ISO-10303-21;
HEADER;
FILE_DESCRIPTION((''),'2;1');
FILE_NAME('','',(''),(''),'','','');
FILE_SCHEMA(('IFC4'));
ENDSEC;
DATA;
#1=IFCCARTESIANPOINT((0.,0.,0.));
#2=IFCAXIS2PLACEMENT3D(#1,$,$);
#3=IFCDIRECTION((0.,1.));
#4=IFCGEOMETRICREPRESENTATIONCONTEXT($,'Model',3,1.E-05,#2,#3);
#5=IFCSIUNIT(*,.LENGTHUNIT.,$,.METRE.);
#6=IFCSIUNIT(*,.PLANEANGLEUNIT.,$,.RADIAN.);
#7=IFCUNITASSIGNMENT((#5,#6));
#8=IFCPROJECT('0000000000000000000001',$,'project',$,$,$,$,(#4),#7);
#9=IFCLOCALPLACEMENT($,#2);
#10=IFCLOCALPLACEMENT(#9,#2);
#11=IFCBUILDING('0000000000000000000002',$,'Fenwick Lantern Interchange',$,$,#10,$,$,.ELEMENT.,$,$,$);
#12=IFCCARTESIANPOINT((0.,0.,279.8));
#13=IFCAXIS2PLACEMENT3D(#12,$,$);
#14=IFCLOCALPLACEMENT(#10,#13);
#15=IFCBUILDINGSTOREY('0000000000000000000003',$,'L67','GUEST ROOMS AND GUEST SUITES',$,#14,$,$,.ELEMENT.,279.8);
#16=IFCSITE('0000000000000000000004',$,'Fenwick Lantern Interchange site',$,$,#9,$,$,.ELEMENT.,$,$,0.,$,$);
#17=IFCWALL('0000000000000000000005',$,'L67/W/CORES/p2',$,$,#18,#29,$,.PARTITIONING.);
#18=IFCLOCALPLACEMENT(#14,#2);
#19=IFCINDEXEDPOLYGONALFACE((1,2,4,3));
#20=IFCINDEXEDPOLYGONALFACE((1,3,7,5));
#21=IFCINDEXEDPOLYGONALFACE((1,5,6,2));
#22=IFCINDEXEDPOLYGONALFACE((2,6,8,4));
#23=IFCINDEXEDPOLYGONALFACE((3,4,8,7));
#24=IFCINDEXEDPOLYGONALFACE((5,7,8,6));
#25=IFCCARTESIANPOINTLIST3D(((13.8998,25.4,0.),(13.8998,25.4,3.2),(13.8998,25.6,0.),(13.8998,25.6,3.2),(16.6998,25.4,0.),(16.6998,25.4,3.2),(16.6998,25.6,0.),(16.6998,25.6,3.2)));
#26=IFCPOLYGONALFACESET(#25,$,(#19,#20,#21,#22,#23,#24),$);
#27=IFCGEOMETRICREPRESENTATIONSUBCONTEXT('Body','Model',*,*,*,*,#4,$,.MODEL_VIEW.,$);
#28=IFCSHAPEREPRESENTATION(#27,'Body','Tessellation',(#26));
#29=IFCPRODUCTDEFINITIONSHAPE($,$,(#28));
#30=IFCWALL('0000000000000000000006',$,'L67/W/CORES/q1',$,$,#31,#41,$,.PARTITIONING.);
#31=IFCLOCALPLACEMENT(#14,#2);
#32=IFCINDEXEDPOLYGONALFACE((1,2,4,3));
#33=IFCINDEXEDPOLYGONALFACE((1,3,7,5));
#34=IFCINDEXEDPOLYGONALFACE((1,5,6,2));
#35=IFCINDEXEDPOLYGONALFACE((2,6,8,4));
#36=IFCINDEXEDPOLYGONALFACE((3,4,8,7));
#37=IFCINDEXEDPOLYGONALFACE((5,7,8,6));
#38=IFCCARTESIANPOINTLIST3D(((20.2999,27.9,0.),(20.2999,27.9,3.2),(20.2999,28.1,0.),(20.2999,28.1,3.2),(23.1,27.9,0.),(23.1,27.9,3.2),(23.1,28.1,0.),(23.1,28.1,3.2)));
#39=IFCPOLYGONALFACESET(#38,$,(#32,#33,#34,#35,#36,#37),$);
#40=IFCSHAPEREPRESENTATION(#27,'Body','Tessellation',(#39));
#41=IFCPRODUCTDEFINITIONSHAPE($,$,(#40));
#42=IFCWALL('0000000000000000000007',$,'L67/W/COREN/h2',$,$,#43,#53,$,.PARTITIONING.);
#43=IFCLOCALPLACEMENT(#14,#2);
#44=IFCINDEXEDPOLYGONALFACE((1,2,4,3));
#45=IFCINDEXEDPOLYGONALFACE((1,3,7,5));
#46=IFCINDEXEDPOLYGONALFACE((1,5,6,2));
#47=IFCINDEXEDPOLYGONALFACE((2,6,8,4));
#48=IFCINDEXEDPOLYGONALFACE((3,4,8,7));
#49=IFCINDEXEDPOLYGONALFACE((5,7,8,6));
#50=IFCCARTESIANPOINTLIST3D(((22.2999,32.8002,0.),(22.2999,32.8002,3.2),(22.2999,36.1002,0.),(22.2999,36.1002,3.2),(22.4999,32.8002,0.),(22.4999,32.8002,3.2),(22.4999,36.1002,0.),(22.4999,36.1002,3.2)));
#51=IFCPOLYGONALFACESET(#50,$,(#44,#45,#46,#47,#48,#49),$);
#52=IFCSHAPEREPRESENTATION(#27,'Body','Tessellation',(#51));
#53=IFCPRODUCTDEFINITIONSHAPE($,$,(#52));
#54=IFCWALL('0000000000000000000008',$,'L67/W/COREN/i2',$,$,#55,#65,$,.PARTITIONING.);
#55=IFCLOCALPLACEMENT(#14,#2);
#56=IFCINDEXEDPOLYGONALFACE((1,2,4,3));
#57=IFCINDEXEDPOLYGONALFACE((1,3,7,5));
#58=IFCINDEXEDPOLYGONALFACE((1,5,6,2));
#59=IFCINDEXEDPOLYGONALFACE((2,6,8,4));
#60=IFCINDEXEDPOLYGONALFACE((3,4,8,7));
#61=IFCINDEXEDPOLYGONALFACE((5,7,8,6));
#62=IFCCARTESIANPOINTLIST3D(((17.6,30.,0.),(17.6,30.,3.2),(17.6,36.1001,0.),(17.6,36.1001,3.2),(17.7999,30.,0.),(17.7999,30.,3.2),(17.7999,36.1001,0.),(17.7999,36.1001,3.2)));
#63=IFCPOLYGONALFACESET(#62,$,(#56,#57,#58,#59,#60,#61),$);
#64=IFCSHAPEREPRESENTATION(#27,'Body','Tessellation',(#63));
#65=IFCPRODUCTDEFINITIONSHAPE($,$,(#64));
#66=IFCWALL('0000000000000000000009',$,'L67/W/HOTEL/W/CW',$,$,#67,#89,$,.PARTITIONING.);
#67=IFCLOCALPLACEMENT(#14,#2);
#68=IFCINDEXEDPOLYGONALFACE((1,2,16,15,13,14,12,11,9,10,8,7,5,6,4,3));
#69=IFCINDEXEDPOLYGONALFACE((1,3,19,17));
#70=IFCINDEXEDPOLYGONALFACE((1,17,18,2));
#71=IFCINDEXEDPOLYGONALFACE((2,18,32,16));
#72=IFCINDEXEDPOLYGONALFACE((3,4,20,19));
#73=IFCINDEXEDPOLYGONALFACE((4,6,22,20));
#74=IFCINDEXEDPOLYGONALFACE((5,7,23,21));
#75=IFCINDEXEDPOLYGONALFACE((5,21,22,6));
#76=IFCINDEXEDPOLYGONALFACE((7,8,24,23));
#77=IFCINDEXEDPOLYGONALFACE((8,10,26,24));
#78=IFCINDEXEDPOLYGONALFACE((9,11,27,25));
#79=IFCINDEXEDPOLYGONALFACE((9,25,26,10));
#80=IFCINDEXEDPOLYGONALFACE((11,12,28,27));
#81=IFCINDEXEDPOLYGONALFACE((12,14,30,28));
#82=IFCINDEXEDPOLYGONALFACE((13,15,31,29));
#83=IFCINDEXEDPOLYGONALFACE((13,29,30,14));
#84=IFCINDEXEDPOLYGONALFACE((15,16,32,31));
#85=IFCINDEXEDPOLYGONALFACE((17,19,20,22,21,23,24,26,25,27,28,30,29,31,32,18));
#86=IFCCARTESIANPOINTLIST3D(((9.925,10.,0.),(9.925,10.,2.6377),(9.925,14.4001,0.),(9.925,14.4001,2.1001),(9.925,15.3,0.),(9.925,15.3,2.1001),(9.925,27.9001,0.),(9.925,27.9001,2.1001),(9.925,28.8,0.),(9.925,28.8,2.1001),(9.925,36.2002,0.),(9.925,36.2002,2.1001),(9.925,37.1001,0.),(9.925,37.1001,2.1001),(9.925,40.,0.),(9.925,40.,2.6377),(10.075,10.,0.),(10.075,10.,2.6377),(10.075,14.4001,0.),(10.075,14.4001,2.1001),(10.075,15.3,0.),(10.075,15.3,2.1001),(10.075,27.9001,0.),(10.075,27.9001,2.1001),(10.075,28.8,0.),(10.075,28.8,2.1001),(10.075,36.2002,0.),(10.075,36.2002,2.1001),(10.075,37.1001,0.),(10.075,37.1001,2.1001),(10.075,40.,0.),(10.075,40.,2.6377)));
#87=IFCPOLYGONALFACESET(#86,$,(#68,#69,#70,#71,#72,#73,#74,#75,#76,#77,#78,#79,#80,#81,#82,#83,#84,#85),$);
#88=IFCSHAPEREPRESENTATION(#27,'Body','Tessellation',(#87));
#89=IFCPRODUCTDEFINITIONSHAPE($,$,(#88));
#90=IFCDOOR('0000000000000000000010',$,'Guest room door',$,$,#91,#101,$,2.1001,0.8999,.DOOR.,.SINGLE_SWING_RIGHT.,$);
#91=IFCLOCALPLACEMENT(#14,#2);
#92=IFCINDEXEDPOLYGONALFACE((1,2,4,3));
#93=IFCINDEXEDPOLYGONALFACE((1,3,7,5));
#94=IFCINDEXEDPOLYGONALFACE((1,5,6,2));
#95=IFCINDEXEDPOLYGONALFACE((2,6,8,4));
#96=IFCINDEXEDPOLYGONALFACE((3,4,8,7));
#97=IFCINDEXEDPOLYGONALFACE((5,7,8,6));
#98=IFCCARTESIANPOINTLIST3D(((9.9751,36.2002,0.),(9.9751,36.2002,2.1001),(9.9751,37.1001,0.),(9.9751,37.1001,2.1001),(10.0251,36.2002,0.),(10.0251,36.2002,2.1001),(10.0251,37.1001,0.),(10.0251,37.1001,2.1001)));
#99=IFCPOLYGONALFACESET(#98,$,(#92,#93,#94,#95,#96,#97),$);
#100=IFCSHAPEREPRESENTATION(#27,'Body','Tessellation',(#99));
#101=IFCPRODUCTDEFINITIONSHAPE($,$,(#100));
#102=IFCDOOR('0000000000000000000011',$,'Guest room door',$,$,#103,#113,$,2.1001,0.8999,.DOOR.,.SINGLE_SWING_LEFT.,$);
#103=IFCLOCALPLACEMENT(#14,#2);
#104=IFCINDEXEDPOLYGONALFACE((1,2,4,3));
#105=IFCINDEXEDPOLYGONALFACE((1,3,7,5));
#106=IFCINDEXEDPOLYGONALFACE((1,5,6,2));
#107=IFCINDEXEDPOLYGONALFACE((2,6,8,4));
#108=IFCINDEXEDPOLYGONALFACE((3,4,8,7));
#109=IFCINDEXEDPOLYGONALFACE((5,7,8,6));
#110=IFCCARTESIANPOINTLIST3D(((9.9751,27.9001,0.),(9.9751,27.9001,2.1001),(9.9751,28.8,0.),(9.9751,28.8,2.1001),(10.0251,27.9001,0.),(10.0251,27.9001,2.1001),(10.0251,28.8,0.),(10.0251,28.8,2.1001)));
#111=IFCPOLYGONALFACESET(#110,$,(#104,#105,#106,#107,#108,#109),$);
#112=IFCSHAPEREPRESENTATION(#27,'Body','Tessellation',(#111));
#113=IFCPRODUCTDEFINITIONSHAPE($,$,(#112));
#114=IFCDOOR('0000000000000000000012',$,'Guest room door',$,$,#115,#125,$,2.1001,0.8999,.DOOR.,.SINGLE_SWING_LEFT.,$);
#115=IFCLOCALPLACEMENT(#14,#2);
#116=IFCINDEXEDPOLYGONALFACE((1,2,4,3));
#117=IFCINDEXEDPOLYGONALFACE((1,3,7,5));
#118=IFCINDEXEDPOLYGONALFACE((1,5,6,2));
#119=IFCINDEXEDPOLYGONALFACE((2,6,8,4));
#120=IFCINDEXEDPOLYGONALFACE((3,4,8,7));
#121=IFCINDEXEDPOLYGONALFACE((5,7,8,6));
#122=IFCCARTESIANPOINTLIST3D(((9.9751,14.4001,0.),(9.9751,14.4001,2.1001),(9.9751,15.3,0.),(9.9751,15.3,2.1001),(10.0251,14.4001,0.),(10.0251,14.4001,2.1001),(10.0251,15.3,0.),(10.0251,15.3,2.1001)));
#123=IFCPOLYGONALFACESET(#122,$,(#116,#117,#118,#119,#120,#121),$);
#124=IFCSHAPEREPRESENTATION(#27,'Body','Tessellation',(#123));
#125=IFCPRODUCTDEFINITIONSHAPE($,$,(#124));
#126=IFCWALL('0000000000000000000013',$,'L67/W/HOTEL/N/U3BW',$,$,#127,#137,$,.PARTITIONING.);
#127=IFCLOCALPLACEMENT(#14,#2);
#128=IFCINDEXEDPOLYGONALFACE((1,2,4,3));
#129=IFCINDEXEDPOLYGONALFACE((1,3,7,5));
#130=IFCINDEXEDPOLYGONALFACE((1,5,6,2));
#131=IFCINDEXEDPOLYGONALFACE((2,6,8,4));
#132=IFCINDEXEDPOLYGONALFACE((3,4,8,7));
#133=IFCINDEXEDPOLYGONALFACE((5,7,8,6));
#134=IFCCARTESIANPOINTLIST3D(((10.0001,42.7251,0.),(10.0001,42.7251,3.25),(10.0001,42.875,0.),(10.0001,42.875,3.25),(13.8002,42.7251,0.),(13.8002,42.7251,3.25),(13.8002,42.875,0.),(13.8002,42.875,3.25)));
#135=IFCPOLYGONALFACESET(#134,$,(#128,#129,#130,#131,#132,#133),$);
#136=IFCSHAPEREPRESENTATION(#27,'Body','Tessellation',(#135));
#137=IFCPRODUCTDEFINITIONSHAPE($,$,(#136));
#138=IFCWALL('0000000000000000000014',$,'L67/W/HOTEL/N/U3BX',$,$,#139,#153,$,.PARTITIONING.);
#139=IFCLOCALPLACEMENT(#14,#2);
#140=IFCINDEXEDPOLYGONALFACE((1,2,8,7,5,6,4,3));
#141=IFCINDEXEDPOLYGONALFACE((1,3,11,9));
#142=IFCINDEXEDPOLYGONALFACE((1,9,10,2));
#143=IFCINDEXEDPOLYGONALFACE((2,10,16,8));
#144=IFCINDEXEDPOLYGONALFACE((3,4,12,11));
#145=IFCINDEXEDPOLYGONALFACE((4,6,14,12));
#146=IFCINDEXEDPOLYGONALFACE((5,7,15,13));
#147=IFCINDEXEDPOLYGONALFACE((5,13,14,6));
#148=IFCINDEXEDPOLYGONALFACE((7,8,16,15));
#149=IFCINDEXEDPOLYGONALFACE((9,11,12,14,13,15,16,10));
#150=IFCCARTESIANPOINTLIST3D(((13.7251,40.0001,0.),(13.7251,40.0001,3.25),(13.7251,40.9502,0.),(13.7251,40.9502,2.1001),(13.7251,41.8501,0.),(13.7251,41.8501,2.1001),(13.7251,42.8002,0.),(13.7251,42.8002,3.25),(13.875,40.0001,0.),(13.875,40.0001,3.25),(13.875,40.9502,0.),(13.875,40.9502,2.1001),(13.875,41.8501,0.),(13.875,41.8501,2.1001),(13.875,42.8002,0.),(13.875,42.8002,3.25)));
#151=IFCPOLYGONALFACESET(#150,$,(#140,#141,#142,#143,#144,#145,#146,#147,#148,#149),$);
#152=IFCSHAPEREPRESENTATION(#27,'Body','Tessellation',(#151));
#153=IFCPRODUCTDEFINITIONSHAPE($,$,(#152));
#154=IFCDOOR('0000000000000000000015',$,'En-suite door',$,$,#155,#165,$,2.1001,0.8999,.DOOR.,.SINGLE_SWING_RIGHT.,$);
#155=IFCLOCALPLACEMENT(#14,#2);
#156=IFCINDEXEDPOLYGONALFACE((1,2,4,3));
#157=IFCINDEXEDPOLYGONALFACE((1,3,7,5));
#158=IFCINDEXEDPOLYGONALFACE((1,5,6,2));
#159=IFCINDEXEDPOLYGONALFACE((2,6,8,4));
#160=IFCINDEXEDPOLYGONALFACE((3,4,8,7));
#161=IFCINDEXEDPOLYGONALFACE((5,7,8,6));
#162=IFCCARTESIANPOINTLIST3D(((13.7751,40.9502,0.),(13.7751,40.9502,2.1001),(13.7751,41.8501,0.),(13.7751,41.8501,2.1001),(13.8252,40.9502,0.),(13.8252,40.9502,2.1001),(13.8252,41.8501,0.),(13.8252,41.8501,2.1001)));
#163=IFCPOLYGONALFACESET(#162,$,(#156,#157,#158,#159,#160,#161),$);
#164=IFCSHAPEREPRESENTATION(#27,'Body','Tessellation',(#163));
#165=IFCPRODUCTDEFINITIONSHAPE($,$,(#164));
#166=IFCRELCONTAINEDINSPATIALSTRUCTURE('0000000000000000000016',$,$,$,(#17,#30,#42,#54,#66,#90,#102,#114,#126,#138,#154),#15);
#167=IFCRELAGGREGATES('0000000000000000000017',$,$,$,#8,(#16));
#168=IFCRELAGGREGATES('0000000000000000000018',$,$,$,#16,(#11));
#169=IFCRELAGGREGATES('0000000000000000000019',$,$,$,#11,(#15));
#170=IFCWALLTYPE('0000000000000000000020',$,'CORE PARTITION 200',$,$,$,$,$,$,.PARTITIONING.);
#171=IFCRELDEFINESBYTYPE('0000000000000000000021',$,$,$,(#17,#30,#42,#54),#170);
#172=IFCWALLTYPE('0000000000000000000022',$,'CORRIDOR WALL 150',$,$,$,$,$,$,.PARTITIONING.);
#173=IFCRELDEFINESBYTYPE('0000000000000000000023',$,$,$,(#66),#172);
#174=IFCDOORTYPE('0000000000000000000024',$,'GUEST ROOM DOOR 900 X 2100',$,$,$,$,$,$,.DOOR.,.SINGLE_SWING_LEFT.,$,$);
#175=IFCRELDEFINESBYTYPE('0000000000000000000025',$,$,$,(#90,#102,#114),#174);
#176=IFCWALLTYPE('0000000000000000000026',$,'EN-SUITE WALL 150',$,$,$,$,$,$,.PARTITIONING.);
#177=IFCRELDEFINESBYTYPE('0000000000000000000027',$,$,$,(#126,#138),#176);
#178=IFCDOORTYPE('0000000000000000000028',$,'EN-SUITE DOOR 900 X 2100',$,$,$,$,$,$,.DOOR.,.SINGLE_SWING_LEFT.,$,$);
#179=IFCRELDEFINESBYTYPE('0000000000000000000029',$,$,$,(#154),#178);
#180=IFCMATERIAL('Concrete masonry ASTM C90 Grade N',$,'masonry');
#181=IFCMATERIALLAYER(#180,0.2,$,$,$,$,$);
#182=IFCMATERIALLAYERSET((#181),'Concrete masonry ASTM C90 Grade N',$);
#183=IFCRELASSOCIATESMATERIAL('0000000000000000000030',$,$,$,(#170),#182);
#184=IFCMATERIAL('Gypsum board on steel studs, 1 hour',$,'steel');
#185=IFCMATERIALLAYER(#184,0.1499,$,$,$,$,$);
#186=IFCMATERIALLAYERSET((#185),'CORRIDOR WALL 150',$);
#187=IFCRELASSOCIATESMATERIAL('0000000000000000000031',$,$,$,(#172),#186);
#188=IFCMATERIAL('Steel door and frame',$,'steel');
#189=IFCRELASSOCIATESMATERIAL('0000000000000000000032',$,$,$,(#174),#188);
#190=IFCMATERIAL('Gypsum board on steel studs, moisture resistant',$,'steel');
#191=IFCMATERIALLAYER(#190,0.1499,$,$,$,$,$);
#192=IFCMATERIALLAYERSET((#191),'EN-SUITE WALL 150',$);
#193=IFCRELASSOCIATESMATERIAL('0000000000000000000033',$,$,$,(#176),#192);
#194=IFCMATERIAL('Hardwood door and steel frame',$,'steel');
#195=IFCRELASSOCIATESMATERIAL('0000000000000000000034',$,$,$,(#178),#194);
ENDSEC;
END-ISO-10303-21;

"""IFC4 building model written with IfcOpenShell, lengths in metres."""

from ifc_helpers import new_model, si_unit, direction, frame, frame_2d, origin, place, context, subcontext, project, spatial, rectangle, extrude, material, layer, layer_set, type_object, element, fill, save


model = new_model("IFC4")

# Units and contexts
model_context = context("Model", 3, precision=1e-05, world=origin(), true_north=direction((0.0, 1.0)))
body_context = subcontext(model_context, "Body", "Model", "MODEL_VIEW")
ifc_project = project(units=[si_unit("LENGTHUNIT", "METRE"), si_unit("PLANEANGLEUNIT", "RADIAN")], contexts=[model_context])

# Site, building, storey
site_placement = place(None, origin())
site = spatial("IfcSite", under=ifc_project, at=site_placement, Name="Fenwick Lantern Interchange site", CompositionType="ELEMENT", RefElevation=0.0)
building_placement = place(site_placement, origin())
building = spatial("IfcBuilding", under=site, at=building_placement, Name="Fenwick Lantern Interchange", CompositionType="ELEMENT")
storey_placement = place(building_placement, frame((0.0, 0.0, 279.8)))
storey = spatial("IfcBuildingStorey", under=building, at=storey_placement, Name="L67", Description="GUEST ROOMS AND GUEST SUITES", CompositionType="ELEMENT", Elevation=279.8)

# Walls
ifc_material_1 = material(Name="Concrete masonry ASTM C90 Grade N", Category="masonry")
ifc_layer_1 = layer(ifc_material_1, 0.2)
ifc_layer_set_1 = layer_set([ifc_layer_1], Name="Concrete masonry ASTM C90 Grade N")
wall_type_1 = type_object("IfcWallType", Name="CORE PARTITION 200", PredefinedType="PARTITIONING", material=ifc_layer_set_1)
for number, where, z_axis, x_axis, name in (
    (1, (13.8999, 25.5, 0.0), (0.0, 0.0, 1.0), (1.0, 0.0, 0.0), "L67/W/CORES/p2"),
    (2, (20.3, 28.0, 0.0), (0.0, 0.0, 1.0), (1.0, 0.0, 0.0), "L67/W/CORES/q1"),
):
    element("IfcWall", number, at=place(storey_placement, frame(where, z_axis=z_axis, x_axis=x_axis)), inside=storey, type_object=wall_type_1, Name=name, PredefinedType="PARTITIONING", context=body_context, shape_type="SweptSolid", body=[
        extrude(rectangle(XDim=2.8, YDim=0.2, at=frame_2d((1.3999, 0.0))), origin(), (0.0, 0.0, 1.0), 3.2),
    ])
wall_1_placement = place(storey_placement, frame((22.3999, 36.1001, 0.0), z_axis=(0.0, 0.0, 1.0), x_axis=(0.0, -1.0, 0.0)))
element("IfcWall", 3, at=wall_1_placement, inside=storey, type_object=wall_type_1, Name="L67/W/COREN/h2", PredefinedType="PARTITIONING", context=body_context, shape_type="SweptSolid", body=[
    extrude(rectangle(XDim=3.3, YDim=0.2, at=frame_2d((1.6499, 0.0))), origin(), (0.0, 0.0, 1.0), 3.2),
])
wall_2_placement = place(storey_placement, frame((17.7, 36.1001, 0.0), z_axis=(0.0, 0.0, 1.0), x_axis=(0.0, -1.0, 0.0)))
element("IfcWall", 4, at=wall_2_placement, inside=storey, type_object=wall_type_1, Name="L67/W/COREN/i2", PredefinedType="PARTITIONING", context=body_context, shape_type="SweptSolid", body=[
    extrude(rectangle(XDim=6.1001, YDim=0.2, at=frame_2d((3.05, 0.0))), origin(), (0.0, 0.0, 1.0), 3.2),
])

# Wall, openings, doors
ifc_material_2 = material(Name="Steel door and frame", Category="steel")
ifc_material_3 = material(Name="Hardwood door and steel frame", Category="steel")
ifc_material_4 = material(Name="Gypsum board on steel studs, 1 hour", Category="steel")
ifc_layer_2 = layer(ifc_material_4, 0.1499)
ifc_layer_set_2 = layer_set([ifc_layer_2], Name="CORRIDOR WALL 150")
wall_type_2 = type_object("IfcWallType", Name="CORRIDOR WALL 150", PredefinedType="PARTITIONING", material=ifc_layer_set_2)
wall_3_placement = place(storey_placement, frame((10.0, 40.0, 0.0), z_axis=(0.0, 0.0, 1.0), x_axis=(0.0, -1.0, 0.0)))
wall_3 = element("IfcWall", 5, at=wall_3_placement, inside=storey, type_object=wall_type_2, Name="L67/W/HOTEL/W/CW", PredefinedType="PARTITIONING", context=body_context, shape_type="SweptSolid", body=[
    extrude(rectangle(XDim=30.0, YDim=0.1499, at=frame_2d((15.0, 0.0))), origin(), (0.0, 0.0, 1.0), 2.6377),
])
opening_1_placement = place(wall_3_placement, frame((2.8999, 0.0, 0.0)))
opening_1 = element("IfcOpeningElement", 6, at=opening_1_placement, cuts=wall_3, PredefinedType="OPENING", context=body_context, shape_type="SweptSolid", body=[
    extrude(rectangle(XDim=0.8999, YDim=2.1001, at=frame_2d((0.45, 1.05))), frame((0.0, 0.085, 0.0), z_axis=(0.0, -1.0, 0.0), x_axis=(1.0, 0.0, 0.0)), (0.0, 0.0, 1.0), 0.1699),
])
opening_2_placement = place(wall_3_placement, frame((11.2, 0.0, 0.0)))
opening_2 = element("IfcOpeningElement", 7, at=opening_2_placement, cuts=wall_3, PredefinedType="OPENING", context=body_context, shape_type="SweptSolid", body=[
    extrude(rectangle(XDim=0.8999, YDim=2.1001, at=frame_2d((0.45, 1.05))), frame((0.0, 0.085, 0.0), z_axis=(0.0, -1.0, 0.0), x_axis=(1.0, 0.0, 0.0)), (0.0, 0.0, 1.0), 0.1699),
])
opening_3_placement = place(wall_3_placement, frame((24.7, 0.0, 0.0)))
opening_3 = element("IfcOpeningElement", 8, at=opening_3_placement, cuts=wall_3, PredefinedType="OPENING", context=body_context, shape_type="SweptSolid", body=[
    extrude(rectangle(XDim=0.8999, YDim=2.1001, at=frame_2d((0.45, 1.05))), frame((0.0, 0.085, 0.0), z_axis=(0.0, -1.0, 0.0), x_axis=(1.0, 0.0, 0.0)), (0.0, 0.0, 1.0), 0.1699),
])
door_type_1 = type_object("IfcDoorType", Name="GUEST ROOM DOOR 900 X 2100", OperationType="SINGLE_SWING_LEFT", PredefinedType="DOOR", material=ifc_material_2)
door_1_placement = place(opening_1_placement, frame((0.8999, 0.0, 0.0), z_axis=(0.0, 0.0, 1.0), x_axis=(-1.0, 0.0, 0.0)))
door_1 = element("IfcDoor", 9, at=door_1_placement, inside=storey, type_object=door_type_1, Name="Guest room door", OperationType="SINGLE_SWING_RIGHT", OverallHeight=2.1001, OverallWidth=0.8999, PredefinedType="DOOR", context=body_context, shape_type="SweptSolid", body=[
    extrude(rectangle(XDim=0.8999, YDim=2.1001, at=frame_2d((0.45, 1.05))), frame((0.0, 0.0249, 0.0), z_axis=(0.0, -1.0, 0.0), x_axis=(1.0, 0.0, 0.0)), (0.0, 0.0, 1.0), 0.05),
])
fill(opening_1, door_1)
door_2_placement = place(opening_2_placement, frame((0.8999, 0.0, 0.0), z_axis=(0.0, 0.0, 1.0), x_axis=(-1.0, 0.0, 0.0)))
door_2 = element("IfcDoor", 10, at=door_2_placement, inside=storey, type_object=door_type_1, Name="Guest room door", OperationType="SINGLE_SWING_LEFT", OverallHeight=2.1001, OverallWidth=0.8999, PredefinedType="DOOR", context=body_context, shape_type="SweptSolid", body=[
    extrude(rectangle(XDim=0.8999, YDim=2.1001, at=frame_2d((0.45, 1.05))), frame((0.0, 0.0249, 0.0), z_axis=(0.0, -1.0, 0.0), x_axis=(1.0, 0.0, 0.0)), (0.0, 0.0, 1.0), 0.05),
])
fill(opening_2, door_2)
door_3_placement = place(opening_3_placement, frame((0.8999, 0.0, 0.0), z_axis=(0.0, 0.0, 1.0), x_axis=(-1.0, 0.0, 0.0)))
door_3 = element("IfcDoor", 11, at=door_3_placement, inside=storey, type_object=door_type_1, Name="Guest room door", OperationType="SINGLE_SWING_LEFT", OverallHeight=2.1001, OverallWidth=0.8999, PredefinedType="DOOR", context=body_context, shape_type="SweptSolid", body=[
    extrude(rectangle(XDim=0.8999, YDim=2.1001, at=frame_2d((0.45, 1.05))), frame((0.0, 0.0249, 0.0), z_axis=(0.0, -1.0, 0.0), x_axis=(1.0, 0.0, 0.0)), (0.0, 0.0, 1.0), 0.05),
])
fill(opening_3, door_3)

# Wall
ifc_material_5 = material(Name="Gypsum board on steel studs, moisture resistant", Category="steel")
ifc_layer_3 = layer(ifc_material_5, 0.1499)
ifc_layer_set_3 = layer_set([ifc_layer_3], Name="EN-SUITE WALL 150")
wall_type_3 = type_object("IfcWallType", Name="EN-SUITE WALL 150", PredefinedType="PARTITIONING", material=ifc_layer_set_3)
wall_4_placement = place(storey_placement, frame((13.8, 42.8, 0.0), z_axis=(0.0, 0.0, 1.0), x_axis=(-1.0, 0.0, 0.0)))
element("IfcWall", 12, at=wall_4_placement, inside=storey, type_object=wall_type_3, Name="L67/W/HOTEL/N/U3BW", PredefinedType="PARTITIONING", context=body_context, shape_type="SweptSolid", body=[
    extrude(rectangle(XDim=3.8, YDim=0.1499, at=frame_2d((1.8999, 0.0))), origin(), (0.0, 0.0, 1.0), 3.25),
])

# Wall, opening, door
wall_5_placement = place(storey_placement, frame((13.8, 42.8, 0.0), z_axis=(0.0, 0.0, 1.0), x_axis=(0.0, -1.0, 0.0)))
wall_5 = element("IfcWall", 13, at=wall_5_placement, inside=storey, type_object=wall_type_3, Name="L67/W/HOTEL/N/U3BX", PredefinedType="PARTITIONING", context=body_context, shape_type="SweptSolid", body=[
    extrude(rectangle(XDim=2.8, YDim=0.1499, at=frame_2d((1.3999, 0.0))), origin(), (0.0, 0.0, 1.0), 3.25),
])
opening_4_placement = place(wall_5_placement, frame((0.95, 0.0, 0.0)))
opening_4 = element("IfcOpeningElement", 14, at=opening_4_placement, cuts=wall_5, PredefinedType="OPENING", context=body_context, shape_type="SweptSolid", body=[
    extrude(rectangle(XDim=0.8999, YDim=2.1001, at=frame_2d((0.45, 1.05))), frame((0.0, 0.085, 0.0), z_axis=(0.0, -1.0, 0.0), x_axis=(1.0, 0.0, 0.0)), (0.0, 0.0, 1.0), 0.1699),
])
door_type_2 = type_object("IfcDoorType", Name="EN-SUITE DOOR 900 X 2100", OperationType="SINGLE_SWING_LEFT", PredefinedType="DOOR", material=ifc_material_3)
door_4_placement = place(opening_4_placement, frame((0.8999, 0.0, 0.0), z_axis=(0.0, 0.0, 1.0), x_axis=(-1.0, 0.0, 0.0)))
door_4 = element("IfcDoor", 15, at=door_4_placement, inside=storey, type_object=door_type_2, Name="En-suite door", OperationType="SINGLE_SWING_RIGHT", OverallHeight=2.1001, OverallWidth=0.8999, PredefinedType="DOOR", context=body_context, shape_type="SweptSolid", body=[
    extrude(rectangle(XDim=0.8999, YDim=2.1001, at=frame_2d((0.45, 1.05))), frame((0.0, 0.0249, 0.0), z_axis=(0.0, -1.0, 0.0), x_axis=(1.0, 0.0, 0.0)), (0.0, 0.0, 1.0), 0.05),
])
fill(opening_4, door_4)

save(model, "model.ifc")
